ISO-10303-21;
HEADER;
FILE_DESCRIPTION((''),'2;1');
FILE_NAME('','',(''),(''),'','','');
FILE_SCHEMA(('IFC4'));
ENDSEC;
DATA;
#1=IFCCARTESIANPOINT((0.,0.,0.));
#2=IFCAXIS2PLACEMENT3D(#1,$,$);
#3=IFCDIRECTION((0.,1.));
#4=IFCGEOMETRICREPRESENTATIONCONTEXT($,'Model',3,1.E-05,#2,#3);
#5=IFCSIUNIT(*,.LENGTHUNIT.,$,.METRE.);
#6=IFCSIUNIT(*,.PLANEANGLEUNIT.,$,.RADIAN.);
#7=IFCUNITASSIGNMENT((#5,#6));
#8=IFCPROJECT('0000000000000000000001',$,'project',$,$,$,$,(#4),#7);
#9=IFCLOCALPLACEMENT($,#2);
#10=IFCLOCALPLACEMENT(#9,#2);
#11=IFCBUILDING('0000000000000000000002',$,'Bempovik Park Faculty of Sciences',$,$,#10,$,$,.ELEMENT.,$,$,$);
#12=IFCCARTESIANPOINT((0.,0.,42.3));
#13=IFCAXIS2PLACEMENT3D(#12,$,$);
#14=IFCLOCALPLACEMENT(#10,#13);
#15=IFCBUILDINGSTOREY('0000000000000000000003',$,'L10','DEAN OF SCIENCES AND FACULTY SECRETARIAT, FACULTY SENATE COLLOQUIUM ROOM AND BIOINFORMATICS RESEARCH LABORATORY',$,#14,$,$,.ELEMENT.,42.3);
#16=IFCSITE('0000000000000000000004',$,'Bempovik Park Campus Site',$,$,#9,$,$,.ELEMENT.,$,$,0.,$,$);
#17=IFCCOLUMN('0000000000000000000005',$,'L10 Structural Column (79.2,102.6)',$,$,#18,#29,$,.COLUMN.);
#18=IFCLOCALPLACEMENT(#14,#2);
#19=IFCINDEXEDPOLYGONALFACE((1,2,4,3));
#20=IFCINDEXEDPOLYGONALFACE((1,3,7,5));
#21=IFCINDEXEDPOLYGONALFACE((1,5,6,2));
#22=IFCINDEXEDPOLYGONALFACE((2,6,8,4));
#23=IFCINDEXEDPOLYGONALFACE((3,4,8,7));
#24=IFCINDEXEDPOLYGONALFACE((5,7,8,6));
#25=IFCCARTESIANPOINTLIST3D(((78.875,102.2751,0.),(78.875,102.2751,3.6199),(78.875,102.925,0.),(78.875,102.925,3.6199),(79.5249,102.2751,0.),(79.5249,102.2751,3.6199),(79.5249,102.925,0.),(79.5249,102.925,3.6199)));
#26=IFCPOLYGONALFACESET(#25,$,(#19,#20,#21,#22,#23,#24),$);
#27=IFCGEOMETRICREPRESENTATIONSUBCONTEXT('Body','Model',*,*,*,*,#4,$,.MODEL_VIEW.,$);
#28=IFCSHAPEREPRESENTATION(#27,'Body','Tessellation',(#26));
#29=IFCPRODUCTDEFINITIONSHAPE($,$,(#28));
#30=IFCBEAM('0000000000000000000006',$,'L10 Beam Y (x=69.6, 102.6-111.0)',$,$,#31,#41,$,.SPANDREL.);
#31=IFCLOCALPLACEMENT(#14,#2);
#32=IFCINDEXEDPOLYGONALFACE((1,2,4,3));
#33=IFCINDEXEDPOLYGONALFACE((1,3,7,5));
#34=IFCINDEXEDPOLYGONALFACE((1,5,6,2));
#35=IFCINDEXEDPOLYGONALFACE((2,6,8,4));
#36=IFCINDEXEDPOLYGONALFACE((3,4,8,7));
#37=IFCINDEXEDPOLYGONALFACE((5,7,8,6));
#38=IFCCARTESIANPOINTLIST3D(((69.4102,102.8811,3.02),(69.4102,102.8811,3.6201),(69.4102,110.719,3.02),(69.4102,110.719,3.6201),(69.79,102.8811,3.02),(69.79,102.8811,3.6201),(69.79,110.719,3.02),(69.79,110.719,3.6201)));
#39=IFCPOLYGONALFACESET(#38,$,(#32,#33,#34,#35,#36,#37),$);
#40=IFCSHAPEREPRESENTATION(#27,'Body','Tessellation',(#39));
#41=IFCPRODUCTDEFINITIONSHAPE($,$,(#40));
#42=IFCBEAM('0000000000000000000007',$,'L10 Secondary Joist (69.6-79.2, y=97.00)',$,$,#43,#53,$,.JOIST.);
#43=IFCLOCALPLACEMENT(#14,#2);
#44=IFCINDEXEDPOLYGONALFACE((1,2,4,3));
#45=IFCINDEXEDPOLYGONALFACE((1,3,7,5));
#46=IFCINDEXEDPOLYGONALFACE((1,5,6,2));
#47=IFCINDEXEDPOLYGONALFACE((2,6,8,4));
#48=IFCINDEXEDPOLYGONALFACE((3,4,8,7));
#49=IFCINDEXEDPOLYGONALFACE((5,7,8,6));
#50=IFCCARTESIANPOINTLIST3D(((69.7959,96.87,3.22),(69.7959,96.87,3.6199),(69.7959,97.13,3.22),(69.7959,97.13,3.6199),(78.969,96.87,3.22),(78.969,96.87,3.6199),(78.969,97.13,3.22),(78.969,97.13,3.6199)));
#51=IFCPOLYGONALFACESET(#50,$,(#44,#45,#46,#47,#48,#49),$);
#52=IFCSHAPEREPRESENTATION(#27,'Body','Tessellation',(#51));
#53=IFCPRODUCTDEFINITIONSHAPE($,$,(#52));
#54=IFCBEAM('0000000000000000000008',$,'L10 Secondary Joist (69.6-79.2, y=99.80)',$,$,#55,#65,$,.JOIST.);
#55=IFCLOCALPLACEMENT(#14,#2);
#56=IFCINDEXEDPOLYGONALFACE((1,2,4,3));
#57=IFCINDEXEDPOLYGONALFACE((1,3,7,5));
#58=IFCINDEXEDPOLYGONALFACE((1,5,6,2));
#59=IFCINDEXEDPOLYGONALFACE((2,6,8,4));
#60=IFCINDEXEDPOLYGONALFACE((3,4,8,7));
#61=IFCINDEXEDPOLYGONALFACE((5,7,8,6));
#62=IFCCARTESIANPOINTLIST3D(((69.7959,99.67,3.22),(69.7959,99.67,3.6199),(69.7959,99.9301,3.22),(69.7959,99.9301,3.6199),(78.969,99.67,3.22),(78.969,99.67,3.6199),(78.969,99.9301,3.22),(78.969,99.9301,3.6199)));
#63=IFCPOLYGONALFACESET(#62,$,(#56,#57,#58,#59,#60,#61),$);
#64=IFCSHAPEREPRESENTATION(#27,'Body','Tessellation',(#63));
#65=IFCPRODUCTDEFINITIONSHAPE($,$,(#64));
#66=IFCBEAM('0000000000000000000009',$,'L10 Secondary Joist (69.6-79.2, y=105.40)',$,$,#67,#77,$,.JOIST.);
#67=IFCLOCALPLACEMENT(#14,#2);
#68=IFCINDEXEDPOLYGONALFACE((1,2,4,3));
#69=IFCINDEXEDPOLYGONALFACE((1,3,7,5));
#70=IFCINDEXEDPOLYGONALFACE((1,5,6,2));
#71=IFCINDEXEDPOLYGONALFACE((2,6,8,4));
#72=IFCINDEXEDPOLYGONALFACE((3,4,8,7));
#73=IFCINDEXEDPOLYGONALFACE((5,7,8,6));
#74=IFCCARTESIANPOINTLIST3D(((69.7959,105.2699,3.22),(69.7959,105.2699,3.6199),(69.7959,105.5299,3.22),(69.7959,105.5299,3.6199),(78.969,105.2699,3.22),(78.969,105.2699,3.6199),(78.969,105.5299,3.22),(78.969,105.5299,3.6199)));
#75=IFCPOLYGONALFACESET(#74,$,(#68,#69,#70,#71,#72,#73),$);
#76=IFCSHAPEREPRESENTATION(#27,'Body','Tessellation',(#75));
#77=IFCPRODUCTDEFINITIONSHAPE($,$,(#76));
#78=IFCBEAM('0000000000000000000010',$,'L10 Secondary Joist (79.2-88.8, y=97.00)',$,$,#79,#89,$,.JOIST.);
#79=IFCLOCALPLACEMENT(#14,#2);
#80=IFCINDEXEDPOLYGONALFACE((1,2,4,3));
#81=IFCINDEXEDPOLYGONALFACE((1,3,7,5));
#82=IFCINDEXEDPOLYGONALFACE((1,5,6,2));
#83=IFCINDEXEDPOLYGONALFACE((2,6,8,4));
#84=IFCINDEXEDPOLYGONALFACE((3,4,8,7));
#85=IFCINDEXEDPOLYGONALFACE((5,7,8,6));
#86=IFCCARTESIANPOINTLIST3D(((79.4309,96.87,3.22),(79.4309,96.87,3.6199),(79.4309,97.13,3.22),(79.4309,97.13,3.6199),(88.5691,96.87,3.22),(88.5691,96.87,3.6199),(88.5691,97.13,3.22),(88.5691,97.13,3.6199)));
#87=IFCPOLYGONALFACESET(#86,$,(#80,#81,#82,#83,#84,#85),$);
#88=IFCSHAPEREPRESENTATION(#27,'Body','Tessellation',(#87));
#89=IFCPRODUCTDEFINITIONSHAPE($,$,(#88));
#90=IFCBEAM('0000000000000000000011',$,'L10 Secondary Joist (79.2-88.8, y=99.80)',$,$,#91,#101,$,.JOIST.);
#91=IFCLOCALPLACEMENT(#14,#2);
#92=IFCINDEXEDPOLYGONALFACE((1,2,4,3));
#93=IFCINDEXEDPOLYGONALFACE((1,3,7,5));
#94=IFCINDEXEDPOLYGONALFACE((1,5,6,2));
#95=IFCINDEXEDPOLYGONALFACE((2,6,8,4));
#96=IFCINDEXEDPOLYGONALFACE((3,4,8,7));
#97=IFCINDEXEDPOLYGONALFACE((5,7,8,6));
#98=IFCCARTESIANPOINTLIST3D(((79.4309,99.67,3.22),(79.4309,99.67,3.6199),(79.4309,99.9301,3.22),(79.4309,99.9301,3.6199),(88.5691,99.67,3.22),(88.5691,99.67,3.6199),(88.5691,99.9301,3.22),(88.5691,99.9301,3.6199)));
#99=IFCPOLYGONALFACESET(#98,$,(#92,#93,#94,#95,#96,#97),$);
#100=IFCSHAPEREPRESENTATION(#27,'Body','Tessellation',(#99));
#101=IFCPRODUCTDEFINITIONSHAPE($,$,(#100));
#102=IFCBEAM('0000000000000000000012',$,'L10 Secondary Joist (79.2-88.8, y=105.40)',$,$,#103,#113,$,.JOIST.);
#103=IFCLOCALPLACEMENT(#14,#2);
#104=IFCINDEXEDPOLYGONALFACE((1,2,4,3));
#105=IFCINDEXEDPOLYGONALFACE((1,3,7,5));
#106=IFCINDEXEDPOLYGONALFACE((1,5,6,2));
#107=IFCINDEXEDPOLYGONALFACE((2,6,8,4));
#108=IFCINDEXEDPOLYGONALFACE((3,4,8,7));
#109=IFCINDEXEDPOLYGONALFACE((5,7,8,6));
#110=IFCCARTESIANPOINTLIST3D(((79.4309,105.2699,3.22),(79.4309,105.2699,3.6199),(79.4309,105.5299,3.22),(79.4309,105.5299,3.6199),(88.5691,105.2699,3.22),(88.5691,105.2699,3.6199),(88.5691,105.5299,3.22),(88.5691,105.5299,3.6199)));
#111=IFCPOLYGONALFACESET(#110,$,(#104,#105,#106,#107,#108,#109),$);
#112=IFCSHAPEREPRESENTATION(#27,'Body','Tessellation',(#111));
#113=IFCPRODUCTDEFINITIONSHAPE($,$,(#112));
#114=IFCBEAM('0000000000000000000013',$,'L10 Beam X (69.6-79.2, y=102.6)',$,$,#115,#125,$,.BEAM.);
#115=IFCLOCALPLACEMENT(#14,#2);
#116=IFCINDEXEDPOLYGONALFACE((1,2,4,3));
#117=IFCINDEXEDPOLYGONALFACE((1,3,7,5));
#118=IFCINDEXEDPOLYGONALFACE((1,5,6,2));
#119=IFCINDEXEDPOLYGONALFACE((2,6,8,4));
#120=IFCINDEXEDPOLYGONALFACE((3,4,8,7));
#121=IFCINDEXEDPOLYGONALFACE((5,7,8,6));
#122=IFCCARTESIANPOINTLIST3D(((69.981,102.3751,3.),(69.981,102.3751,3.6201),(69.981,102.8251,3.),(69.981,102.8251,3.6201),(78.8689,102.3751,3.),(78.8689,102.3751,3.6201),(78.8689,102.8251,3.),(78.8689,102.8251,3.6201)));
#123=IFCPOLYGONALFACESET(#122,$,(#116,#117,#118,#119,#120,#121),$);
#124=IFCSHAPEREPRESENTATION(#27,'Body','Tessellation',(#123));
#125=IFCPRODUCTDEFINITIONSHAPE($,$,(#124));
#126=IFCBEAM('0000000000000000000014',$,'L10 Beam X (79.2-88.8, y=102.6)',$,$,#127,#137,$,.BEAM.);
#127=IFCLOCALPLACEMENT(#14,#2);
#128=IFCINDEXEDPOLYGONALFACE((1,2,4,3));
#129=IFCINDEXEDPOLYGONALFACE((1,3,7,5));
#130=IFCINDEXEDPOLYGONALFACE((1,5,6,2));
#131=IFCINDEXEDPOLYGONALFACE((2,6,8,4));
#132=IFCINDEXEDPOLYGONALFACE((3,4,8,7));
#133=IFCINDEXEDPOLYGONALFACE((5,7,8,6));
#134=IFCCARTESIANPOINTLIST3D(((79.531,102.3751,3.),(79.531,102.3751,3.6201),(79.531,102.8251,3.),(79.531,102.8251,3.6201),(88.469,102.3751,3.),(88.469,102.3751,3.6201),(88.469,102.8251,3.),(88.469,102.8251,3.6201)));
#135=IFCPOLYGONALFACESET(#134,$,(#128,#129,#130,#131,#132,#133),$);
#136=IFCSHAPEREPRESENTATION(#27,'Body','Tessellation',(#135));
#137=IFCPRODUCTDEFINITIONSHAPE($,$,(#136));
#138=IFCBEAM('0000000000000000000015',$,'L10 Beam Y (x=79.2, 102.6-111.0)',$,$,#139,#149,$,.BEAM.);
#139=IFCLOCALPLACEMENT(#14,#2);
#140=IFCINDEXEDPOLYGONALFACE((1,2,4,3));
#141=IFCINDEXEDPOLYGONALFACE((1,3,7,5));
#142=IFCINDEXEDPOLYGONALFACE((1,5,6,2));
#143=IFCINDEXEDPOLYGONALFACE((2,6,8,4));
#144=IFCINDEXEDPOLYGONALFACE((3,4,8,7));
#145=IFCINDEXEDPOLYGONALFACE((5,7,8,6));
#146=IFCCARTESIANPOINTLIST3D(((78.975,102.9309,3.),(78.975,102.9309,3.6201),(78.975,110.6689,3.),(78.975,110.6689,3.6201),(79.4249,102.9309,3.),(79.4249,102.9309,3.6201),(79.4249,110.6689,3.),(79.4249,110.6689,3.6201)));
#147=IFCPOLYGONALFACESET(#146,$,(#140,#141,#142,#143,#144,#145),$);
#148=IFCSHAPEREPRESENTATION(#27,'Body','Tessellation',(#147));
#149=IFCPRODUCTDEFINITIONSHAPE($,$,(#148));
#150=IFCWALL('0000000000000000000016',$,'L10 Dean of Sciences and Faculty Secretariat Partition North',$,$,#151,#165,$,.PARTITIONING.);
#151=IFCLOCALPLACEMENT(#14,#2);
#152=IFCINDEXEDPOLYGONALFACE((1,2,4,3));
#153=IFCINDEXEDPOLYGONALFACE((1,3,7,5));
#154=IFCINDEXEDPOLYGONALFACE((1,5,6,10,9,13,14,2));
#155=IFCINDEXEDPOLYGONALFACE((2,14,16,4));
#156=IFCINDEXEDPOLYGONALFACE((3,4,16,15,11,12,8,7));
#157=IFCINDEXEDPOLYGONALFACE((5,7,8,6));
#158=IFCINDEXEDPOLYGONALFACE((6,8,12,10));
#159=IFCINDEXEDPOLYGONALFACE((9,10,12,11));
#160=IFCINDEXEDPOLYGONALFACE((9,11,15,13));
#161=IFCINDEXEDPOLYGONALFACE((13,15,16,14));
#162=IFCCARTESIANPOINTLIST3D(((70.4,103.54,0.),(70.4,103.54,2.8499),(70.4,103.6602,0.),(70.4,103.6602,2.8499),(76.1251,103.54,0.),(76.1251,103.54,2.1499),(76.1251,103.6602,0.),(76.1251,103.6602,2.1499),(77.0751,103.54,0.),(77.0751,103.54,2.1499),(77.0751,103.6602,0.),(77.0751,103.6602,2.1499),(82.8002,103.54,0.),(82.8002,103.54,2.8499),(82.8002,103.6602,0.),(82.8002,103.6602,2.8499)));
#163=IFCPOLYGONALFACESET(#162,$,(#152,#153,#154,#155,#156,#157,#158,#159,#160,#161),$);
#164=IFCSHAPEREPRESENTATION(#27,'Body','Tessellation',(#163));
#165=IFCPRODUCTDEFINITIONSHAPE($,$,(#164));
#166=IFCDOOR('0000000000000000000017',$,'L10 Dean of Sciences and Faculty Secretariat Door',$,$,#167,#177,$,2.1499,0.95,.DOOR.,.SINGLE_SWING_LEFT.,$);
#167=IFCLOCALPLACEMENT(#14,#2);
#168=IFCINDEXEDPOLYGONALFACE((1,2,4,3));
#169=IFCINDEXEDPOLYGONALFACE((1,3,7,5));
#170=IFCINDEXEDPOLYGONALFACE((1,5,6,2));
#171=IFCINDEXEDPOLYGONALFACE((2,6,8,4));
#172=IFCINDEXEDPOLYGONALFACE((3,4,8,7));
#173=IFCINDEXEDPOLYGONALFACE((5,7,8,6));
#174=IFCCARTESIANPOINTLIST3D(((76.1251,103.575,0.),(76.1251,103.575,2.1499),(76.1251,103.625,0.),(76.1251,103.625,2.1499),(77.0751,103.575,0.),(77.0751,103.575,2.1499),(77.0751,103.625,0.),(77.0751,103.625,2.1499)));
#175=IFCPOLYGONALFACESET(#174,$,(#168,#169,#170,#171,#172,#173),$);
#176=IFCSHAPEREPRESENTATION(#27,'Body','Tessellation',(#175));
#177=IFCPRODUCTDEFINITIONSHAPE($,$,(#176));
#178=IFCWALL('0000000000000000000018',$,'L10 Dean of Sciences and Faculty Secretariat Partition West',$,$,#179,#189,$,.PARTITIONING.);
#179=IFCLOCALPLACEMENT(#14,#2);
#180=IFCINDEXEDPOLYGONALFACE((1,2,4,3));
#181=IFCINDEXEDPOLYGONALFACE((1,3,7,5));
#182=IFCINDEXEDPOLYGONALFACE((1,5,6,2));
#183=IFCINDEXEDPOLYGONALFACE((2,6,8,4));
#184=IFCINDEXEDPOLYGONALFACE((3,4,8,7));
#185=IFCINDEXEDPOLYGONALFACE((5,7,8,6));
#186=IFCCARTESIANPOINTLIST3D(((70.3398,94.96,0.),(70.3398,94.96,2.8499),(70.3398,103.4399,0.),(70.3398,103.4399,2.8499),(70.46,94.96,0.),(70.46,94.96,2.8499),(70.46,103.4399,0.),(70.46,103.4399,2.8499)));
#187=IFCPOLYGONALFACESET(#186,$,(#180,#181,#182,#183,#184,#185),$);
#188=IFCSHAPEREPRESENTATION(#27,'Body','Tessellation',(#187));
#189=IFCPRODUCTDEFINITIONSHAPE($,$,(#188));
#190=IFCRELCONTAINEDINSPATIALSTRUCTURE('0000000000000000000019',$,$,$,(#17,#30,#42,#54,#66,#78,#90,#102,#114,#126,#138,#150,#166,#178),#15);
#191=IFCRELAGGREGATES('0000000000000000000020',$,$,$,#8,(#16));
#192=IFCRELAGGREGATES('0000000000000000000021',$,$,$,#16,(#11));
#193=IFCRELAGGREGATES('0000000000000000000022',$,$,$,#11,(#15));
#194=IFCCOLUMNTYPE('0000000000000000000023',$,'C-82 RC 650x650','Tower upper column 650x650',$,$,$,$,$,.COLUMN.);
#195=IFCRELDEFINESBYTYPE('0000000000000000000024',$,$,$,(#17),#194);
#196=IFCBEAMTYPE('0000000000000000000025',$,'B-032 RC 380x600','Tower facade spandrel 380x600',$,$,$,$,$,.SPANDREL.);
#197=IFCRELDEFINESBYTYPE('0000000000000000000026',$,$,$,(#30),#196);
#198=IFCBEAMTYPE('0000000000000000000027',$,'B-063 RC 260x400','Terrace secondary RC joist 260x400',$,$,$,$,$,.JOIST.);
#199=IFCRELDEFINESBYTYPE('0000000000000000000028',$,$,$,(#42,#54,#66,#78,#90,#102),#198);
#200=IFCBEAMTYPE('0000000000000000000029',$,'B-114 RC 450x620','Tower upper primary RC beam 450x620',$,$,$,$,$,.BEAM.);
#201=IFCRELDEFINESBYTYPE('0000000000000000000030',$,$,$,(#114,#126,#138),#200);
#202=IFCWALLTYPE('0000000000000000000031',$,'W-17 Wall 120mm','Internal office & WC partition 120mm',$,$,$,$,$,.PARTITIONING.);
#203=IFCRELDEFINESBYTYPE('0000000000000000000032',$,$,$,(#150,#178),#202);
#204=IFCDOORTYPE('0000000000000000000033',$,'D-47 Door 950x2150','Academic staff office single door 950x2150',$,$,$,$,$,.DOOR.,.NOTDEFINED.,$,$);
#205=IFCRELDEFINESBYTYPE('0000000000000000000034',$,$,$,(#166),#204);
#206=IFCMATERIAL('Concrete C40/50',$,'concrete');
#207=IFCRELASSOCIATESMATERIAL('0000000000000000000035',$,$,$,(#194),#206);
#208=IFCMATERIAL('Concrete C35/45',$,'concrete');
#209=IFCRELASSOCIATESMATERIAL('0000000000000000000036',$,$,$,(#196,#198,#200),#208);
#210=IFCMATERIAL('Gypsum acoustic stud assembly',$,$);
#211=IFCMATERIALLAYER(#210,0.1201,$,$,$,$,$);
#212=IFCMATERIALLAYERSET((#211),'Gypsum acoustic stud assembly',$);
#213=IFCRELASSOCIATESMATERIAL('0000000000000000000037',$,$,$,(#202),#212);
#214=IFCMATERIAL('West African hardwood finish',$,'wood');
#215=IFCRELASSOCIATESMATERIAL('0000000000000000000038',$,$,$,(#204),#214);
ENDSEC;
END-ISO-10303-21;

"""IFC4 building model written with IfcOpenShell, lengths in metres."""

from ifc_helpers import new_model, si_unit, direction, frame, frame_2d, origin, origin_2d, place, context, subcontext, project, spatial, rectangle, extrude, material, layer, layer_set, material_profile, profile_set, type_object, element, fill, save


model = new_model("IFC4")

# Units and contexts
model_context = context("Model", 3, precision=1e-05, world=origin(), true_north=direction((0.0, 1.0)))
body_context = subcontext(model_context, "Body", "Model", "MODEL_VIEW")
ifc_project = project(units=[si_unit("LENGTHUNIT", "METRE"), si_unit("PLANEANGLEUNIT", "RADIAN")], contexts=[model_context])

# Site, building, storey
site_placement = place(None, origin())
site = spatial("IfcSite", under=ifc_project, at=site_placement, Name="Bempovik Park Campus Site", CompositionType="ELEMENT", RefElevation=0.0)
building_placement = place(site_placement, origin())
building = spatial("IfcBuilding", under=site, at=building_placement, Name="Bempovik Park Faculty of Sciences", CompositionType="ELEMENT")
storey_placement = place(building_placement, frame((0.0, 0.0, 42.3)))
storey = spatial("IfcBuildingStorey", under=building, at=storey_placement, Name="L10", Description="DEAN OF SCIENCES AND FACULTY SECRETARIAT, FACULTY SENATE COLLOQUIUM ROOM AND BIOINFORMATICS RESEARCH LABORATORY", CompositionType="ELEMENT", Elevation=42.3)

# Column
ifc_material_1 = material(Name="Concrete C40/50", Category="concrete")
ifc_material_profile_1 = material_profile(ifc_material_1, rectangle(XDim=0.6499, YDim=0.6499, at=origin_2d()), Name="RC 650x650")
ifc_profile_set_1 = profile_set([ifc_material_profile_1], Name="Concrete C40/50")
column_type = type_object("IfcColumnType", Name="C-82 RC 650x650", Description="Tower upper column 650x650", PredefinedType="COLUMN", material=ifc_profile_set_1)
column_placement = place(storey_placement, frame((79.2, 102.6001, 0.0), z_axis=(0.0, 0.0, 1.0), x_axis=(1.0, 0.0, 0.0)))
element("IfcColumn", 1, at=column_placement, inside=storey, type_object=column_type, Name="L10 Structural Column (79.2,102.6)", PredefinedType="COLUMN", context=body_context, shape_type="SweptSolid", body=[
    extrude(rectangle(XDim=0.6499, YDim=0.6499, at=origin_2d()), origin(), (0.0, 0.0, 1.0), 3.6199),
])

# Beams
ifc_material_2 = material(Name="Concrete C35/45", Category="concrete")
ifc_material_profile_2 = material_profile(ifc_material_2, rectangle(XDim=0.3799, YDim=0.6001, at=origin_2d()), Name="RC 380x600")
ifc_profile_set_2 = profile_set([ifc_material_profile_2], Name="Concrete C35/45")
beam_type_1 = type_object("IfcBeamType", Name="B-032 RC 380x600", Description="Tower facade spandrel 380x600", PredefinedType="SPANDREL", material=ifc_profile_set_2)
beam_1_placement = place(storey_placement, frame((69.6001, 102.8811, 3.3201), z_axis=(0.0, 1.0, 0.0), x_axis=(-1.0, 0.0, 0.0)))
element("IfcBeam", 2, at=beam_1_placement, inside=storey, type_object=beam_type_1, Name="L10 Beam Y (x=69.6, 102.6-111.0)", PredefinedType="SPANDREL", context=body_context, shape_type="SweptSolid", body=[
    extrude(rectangle(XDim=0.3799, YDim=0.6001, at=origin_2d()), origin(), (0.0, 0.0, 1.0), 7.8379),
])
ifc_material_profile_3 = material_profile(ifc_material_2, rectangle(XDim=0.26, YDim=0.3999, at=origin_2d()), Name="RC 260x400")
ifc_profile_set_3 = profile_set([ifc_material_profile_3], Name="Concrete C35/45")
beam_type_2 = type_object("IfcBeamType", Name="B-063 RC 260x400", Description="Terrace secondary RC joist 260x400", PredefinedType="JOIST", material=ifc_profile_set_3)
for number, where, z_axis, x_axis, name in (
    (3, (69.7959, 97.0, 3.4199), (1.0, 0.0, 0.0), (0.0, 1.0, 0.0), "L10 Secondary Joist (69.6-79.2, y=97.00)"),
    (4, (69.7959, 99.8, 3.4199), (1.0, 0.0, 0.0), (0.0, 1.0, 0.0), "L10 Secondary Joist (69.6-79.2, y=99.80)"),
    (5, (69.7959, 105.3999, 3.4199), (1.0, 0.0, 0.0), (0.0, 1.0, 0.0), "L10 Secondary Joist (69.6-79.2, y=105.40)"),
):
    element("IfcBeam", number, at=place(storey_placement, frame(where, z_axis=z_axis, x_axis=x_axis)), inside=storey, type_object=beam_type_2, Name=name, PredefinedType="JOIST", context=body_context, shape_type="SweptSolid", body=[
        extrude(rectangle(XDim=0.26, YDim=0.3999, at=origin_2d()), origin(), (0.0, 0.0, 1.0), 9.1731),
    ])
for number, where, z_axis, x_axis, name in (
    (6, (79.4309, 97.0, 3.4199), (1.0, 0.0, 0.0), (0.0, 1.0, 0.0), "L10 Secondary Joist (79.2-88.8, y=97.00)"),
    (7, (79.4309, 99.8, 3.4199), (1.0, 0.0, 0.0), (0.0, 1.0, 0.0), "L10 Secondary Joist (79.2-88.8, y=99.80)"),
    (8, (79.4309, 105.3999, 3.4199), (1.0, 0.0, 0.0), (0.0, 1.0, 0.0), "L10 Secondary Joist (79.2-88.8, y=105.40)"),
):
    element("IfcBeam", number, at=place(storey_placement, frame(where, z_axis=z_axis, x_axis=x_axis)), inside=storey, type_object=beam_type_2, Name=name, PredefinedType="JOIST", context=body_context, shape_type="SweptSolid", body=[
        extrude(rectangle(XDim=0.26, YDim=0.3999, at=origin_2d()), origin(), (0.0, 0.0, 1.0), 9.1382),
    ])
ifc_material_profile_4 = material_profile(ifc_material_2, rectangle(XDim=0.45, YDim=0.6201, at=origin_2d()), Name="RC 450x620")
ifc_profile_set_4 = profile_set([ifc_material_profile_4], Name="Concrete C35/45")
beam_type_3 = type_object("IfcBeamType", Name="B-114 RC 450x620", Description="Tower upper primary RC beam 450x620", PredefinedType="BEAM", material=ifc_profile_set_4)
beam_2_placement = place(storey_placement, frame((69.981, 102.6001, 3.3101), z_axis=(1.0, 0.0, 0.0), x_axis=(0.0, 1.0, 0.0)))
element("IfcBeam", 9, at=beam_2_placement, inside=storey, type_object=beam_type_3, Name="L10 Beam X (69.6-79.2, y=102.6)", PredefinedType="BEAM", context=body_context, shape_type="SweptSolid", body=[
    extrude(rectangle(XDim=0.45, YDim=0.6201, at=origin_2d()), origin(), (0.0, 0.0, 1.0), 8.8879),
])
beam_3_placement = place(storey_placement, frame((79.531, 102.6001, 3.3101), z_axis=(1.0, 0.0, 0.0), x_axis=(0.0, 1.0, 0.0)))
element("IfcBeam", 10, at=beam_3_placement, inside=storey, type_object=beam_type_3, Name="L10 Beam X (79.2-88.8, y=102.6)", PredefinedType="BEAM", context=body_context, shape_type="SweptSolid", body=[
    extrude(rectangle(XDim=0.45, YDim=0.6201, at=origin_2d()), origin(), (0.0, 0.0, 1.0), 8.938),
])
beam_4_placement = place(storey_placement, frame((79.2, 102.9309, 3.3101), z_axis=(0.0, 1.0, 0.0), x_axis=(-1.0, 0.0, 0.0)))
element("IfcBeam", 11, at=beam_4_placement, inside=storey, type_object=beam_type_3, Name="L10 Beam Y (x=79.2, 102.6-111.0)", PredefinedType="BEAM", context=body_context, shape_type="SweptSolid", body=[
    extrude(rectangle(XDim=0.45, YDim=0.6201, at=origin_2d()), origin(), (0.0, 0.0, 1.0), 7.738),
])

# Wall, opening, door
ifc_material_3 = material(Name="Gypsum acoustic stud assembly")
ifc_layer_1 = layer(ifc_material_3, 0.1201)
ifc_layer_set_1 = layer_set([ifc_layer_1], Name="Gypsum acoustic stud assembly")
wall_type_1 = type_object("IfcWallType", Name="W-17 Wall 120mm", Description="Internal office & WC partition 120mm", PredefinedType="PARTITIONING", material=ifc_layer_set_1)
wall_1_placement = place(storey_placement, frame((70.3999, 103.6001, 0.0), z_axis=(0.0, 0.0, 1.0), x_axis=(1.0, 0.0, 0.0)))
wall_1 = element("IfcWall", 12, at=wall_1_placement, inside=storey, type_object=wall_type_1, Name="L10 Dean of Sciences and Faculty Secretariat Partition North", PredefinedType="PARTITIONING", context=body_context, shape_type="SweptSolid", body=[
    extrude(rectangle(XDim=12.4001, YDim=0.1201, at=frame_2d((6.2002, 0.0))), origin(), (0.0, 0.0, 1.0), 2.8499),
])
opening_1_placement = place(wall_1_placement, frame((5.7251, 0.0, 0.0)))
opening_1 = element("IfcOpeningElement", 13, at=opening_1_placement, cuts=wall_1, PredefinedType="OPENING", context=body_context, shape_type="SweptSolid", body=[
    extrude(rectangle(XDim=0.95, YDim=2.1499, at=frame_2d((0.4751, 1.075))), frame((0.0, 0.0701, 0.0), z_axis=(0.0, -1.0, 0.0), x_axis=(1.0, 0.0, 0.0)), (0.0, 0.0, 1.0), 0.1401),
])
ifc_material_4 = material(Name="West African hardwood finish", Category="wood")
door_type_1 = type_object("IfcDoorType", Name="D-47 Door 950x2150", Description="Academic staff office single door 950x2150", OperationType="NOTDEFINED", PredefinedType="DOOR", material=ifc_material_4)
door_1_placement = place(opening_1_placement, origin())
door_1 = element("IfcDoor", 14, at=door_1_placement, inside=storey, type_object=door_type_1, Name="L10 Dean of Sciences and Faculty Secretariat Door", OperationType="SINGLE_SWING_LEFT", OverallHeight=2.1499, OverallWidth=0.95, PredefinedType="DOOR", context=body_context, shape_type="SweptSolid", body=[
    extrude(rectangle(XDim=0.95, YDim=2.1499, at=frame_2d((0.4751, 1.075))), frame((0.0, 0.0249, 0.0), z_axis=(0.0, -1.0, 0.0), x_axis=(1.0, 0.0, 0.0)), (0.0, 0.0, 1.0), 0.05),
])
fill(opening_1, door_1)

# Wall
for number, where, z_axis, x_axis, name in (
    (15, (70.3999, 94.96, 0.0), (0.0, 0.0, 1.0), (0.0, 1.0, 0.0), "L10 Dean of Sciences and Faculty Secretariat Partition West"),
):
    element("IfcWall", number, at=place(storey_placement, frame(where, z_axis=z_axis, x_axis=x_axis)), inside=storey, type_object=wall_type_1, Name=name, PredefinedType="PARTITIONING", context=body_context, shape_type="SweptSolid", body=[
        extrude(rectangle(XDim=8.48, YDim=0.1201, at=frame_2d((4.24, 0.0))), origin(), (0.0, 0.0, 1.0), 2.8499),
    ])

save(model, "model.ifc")
